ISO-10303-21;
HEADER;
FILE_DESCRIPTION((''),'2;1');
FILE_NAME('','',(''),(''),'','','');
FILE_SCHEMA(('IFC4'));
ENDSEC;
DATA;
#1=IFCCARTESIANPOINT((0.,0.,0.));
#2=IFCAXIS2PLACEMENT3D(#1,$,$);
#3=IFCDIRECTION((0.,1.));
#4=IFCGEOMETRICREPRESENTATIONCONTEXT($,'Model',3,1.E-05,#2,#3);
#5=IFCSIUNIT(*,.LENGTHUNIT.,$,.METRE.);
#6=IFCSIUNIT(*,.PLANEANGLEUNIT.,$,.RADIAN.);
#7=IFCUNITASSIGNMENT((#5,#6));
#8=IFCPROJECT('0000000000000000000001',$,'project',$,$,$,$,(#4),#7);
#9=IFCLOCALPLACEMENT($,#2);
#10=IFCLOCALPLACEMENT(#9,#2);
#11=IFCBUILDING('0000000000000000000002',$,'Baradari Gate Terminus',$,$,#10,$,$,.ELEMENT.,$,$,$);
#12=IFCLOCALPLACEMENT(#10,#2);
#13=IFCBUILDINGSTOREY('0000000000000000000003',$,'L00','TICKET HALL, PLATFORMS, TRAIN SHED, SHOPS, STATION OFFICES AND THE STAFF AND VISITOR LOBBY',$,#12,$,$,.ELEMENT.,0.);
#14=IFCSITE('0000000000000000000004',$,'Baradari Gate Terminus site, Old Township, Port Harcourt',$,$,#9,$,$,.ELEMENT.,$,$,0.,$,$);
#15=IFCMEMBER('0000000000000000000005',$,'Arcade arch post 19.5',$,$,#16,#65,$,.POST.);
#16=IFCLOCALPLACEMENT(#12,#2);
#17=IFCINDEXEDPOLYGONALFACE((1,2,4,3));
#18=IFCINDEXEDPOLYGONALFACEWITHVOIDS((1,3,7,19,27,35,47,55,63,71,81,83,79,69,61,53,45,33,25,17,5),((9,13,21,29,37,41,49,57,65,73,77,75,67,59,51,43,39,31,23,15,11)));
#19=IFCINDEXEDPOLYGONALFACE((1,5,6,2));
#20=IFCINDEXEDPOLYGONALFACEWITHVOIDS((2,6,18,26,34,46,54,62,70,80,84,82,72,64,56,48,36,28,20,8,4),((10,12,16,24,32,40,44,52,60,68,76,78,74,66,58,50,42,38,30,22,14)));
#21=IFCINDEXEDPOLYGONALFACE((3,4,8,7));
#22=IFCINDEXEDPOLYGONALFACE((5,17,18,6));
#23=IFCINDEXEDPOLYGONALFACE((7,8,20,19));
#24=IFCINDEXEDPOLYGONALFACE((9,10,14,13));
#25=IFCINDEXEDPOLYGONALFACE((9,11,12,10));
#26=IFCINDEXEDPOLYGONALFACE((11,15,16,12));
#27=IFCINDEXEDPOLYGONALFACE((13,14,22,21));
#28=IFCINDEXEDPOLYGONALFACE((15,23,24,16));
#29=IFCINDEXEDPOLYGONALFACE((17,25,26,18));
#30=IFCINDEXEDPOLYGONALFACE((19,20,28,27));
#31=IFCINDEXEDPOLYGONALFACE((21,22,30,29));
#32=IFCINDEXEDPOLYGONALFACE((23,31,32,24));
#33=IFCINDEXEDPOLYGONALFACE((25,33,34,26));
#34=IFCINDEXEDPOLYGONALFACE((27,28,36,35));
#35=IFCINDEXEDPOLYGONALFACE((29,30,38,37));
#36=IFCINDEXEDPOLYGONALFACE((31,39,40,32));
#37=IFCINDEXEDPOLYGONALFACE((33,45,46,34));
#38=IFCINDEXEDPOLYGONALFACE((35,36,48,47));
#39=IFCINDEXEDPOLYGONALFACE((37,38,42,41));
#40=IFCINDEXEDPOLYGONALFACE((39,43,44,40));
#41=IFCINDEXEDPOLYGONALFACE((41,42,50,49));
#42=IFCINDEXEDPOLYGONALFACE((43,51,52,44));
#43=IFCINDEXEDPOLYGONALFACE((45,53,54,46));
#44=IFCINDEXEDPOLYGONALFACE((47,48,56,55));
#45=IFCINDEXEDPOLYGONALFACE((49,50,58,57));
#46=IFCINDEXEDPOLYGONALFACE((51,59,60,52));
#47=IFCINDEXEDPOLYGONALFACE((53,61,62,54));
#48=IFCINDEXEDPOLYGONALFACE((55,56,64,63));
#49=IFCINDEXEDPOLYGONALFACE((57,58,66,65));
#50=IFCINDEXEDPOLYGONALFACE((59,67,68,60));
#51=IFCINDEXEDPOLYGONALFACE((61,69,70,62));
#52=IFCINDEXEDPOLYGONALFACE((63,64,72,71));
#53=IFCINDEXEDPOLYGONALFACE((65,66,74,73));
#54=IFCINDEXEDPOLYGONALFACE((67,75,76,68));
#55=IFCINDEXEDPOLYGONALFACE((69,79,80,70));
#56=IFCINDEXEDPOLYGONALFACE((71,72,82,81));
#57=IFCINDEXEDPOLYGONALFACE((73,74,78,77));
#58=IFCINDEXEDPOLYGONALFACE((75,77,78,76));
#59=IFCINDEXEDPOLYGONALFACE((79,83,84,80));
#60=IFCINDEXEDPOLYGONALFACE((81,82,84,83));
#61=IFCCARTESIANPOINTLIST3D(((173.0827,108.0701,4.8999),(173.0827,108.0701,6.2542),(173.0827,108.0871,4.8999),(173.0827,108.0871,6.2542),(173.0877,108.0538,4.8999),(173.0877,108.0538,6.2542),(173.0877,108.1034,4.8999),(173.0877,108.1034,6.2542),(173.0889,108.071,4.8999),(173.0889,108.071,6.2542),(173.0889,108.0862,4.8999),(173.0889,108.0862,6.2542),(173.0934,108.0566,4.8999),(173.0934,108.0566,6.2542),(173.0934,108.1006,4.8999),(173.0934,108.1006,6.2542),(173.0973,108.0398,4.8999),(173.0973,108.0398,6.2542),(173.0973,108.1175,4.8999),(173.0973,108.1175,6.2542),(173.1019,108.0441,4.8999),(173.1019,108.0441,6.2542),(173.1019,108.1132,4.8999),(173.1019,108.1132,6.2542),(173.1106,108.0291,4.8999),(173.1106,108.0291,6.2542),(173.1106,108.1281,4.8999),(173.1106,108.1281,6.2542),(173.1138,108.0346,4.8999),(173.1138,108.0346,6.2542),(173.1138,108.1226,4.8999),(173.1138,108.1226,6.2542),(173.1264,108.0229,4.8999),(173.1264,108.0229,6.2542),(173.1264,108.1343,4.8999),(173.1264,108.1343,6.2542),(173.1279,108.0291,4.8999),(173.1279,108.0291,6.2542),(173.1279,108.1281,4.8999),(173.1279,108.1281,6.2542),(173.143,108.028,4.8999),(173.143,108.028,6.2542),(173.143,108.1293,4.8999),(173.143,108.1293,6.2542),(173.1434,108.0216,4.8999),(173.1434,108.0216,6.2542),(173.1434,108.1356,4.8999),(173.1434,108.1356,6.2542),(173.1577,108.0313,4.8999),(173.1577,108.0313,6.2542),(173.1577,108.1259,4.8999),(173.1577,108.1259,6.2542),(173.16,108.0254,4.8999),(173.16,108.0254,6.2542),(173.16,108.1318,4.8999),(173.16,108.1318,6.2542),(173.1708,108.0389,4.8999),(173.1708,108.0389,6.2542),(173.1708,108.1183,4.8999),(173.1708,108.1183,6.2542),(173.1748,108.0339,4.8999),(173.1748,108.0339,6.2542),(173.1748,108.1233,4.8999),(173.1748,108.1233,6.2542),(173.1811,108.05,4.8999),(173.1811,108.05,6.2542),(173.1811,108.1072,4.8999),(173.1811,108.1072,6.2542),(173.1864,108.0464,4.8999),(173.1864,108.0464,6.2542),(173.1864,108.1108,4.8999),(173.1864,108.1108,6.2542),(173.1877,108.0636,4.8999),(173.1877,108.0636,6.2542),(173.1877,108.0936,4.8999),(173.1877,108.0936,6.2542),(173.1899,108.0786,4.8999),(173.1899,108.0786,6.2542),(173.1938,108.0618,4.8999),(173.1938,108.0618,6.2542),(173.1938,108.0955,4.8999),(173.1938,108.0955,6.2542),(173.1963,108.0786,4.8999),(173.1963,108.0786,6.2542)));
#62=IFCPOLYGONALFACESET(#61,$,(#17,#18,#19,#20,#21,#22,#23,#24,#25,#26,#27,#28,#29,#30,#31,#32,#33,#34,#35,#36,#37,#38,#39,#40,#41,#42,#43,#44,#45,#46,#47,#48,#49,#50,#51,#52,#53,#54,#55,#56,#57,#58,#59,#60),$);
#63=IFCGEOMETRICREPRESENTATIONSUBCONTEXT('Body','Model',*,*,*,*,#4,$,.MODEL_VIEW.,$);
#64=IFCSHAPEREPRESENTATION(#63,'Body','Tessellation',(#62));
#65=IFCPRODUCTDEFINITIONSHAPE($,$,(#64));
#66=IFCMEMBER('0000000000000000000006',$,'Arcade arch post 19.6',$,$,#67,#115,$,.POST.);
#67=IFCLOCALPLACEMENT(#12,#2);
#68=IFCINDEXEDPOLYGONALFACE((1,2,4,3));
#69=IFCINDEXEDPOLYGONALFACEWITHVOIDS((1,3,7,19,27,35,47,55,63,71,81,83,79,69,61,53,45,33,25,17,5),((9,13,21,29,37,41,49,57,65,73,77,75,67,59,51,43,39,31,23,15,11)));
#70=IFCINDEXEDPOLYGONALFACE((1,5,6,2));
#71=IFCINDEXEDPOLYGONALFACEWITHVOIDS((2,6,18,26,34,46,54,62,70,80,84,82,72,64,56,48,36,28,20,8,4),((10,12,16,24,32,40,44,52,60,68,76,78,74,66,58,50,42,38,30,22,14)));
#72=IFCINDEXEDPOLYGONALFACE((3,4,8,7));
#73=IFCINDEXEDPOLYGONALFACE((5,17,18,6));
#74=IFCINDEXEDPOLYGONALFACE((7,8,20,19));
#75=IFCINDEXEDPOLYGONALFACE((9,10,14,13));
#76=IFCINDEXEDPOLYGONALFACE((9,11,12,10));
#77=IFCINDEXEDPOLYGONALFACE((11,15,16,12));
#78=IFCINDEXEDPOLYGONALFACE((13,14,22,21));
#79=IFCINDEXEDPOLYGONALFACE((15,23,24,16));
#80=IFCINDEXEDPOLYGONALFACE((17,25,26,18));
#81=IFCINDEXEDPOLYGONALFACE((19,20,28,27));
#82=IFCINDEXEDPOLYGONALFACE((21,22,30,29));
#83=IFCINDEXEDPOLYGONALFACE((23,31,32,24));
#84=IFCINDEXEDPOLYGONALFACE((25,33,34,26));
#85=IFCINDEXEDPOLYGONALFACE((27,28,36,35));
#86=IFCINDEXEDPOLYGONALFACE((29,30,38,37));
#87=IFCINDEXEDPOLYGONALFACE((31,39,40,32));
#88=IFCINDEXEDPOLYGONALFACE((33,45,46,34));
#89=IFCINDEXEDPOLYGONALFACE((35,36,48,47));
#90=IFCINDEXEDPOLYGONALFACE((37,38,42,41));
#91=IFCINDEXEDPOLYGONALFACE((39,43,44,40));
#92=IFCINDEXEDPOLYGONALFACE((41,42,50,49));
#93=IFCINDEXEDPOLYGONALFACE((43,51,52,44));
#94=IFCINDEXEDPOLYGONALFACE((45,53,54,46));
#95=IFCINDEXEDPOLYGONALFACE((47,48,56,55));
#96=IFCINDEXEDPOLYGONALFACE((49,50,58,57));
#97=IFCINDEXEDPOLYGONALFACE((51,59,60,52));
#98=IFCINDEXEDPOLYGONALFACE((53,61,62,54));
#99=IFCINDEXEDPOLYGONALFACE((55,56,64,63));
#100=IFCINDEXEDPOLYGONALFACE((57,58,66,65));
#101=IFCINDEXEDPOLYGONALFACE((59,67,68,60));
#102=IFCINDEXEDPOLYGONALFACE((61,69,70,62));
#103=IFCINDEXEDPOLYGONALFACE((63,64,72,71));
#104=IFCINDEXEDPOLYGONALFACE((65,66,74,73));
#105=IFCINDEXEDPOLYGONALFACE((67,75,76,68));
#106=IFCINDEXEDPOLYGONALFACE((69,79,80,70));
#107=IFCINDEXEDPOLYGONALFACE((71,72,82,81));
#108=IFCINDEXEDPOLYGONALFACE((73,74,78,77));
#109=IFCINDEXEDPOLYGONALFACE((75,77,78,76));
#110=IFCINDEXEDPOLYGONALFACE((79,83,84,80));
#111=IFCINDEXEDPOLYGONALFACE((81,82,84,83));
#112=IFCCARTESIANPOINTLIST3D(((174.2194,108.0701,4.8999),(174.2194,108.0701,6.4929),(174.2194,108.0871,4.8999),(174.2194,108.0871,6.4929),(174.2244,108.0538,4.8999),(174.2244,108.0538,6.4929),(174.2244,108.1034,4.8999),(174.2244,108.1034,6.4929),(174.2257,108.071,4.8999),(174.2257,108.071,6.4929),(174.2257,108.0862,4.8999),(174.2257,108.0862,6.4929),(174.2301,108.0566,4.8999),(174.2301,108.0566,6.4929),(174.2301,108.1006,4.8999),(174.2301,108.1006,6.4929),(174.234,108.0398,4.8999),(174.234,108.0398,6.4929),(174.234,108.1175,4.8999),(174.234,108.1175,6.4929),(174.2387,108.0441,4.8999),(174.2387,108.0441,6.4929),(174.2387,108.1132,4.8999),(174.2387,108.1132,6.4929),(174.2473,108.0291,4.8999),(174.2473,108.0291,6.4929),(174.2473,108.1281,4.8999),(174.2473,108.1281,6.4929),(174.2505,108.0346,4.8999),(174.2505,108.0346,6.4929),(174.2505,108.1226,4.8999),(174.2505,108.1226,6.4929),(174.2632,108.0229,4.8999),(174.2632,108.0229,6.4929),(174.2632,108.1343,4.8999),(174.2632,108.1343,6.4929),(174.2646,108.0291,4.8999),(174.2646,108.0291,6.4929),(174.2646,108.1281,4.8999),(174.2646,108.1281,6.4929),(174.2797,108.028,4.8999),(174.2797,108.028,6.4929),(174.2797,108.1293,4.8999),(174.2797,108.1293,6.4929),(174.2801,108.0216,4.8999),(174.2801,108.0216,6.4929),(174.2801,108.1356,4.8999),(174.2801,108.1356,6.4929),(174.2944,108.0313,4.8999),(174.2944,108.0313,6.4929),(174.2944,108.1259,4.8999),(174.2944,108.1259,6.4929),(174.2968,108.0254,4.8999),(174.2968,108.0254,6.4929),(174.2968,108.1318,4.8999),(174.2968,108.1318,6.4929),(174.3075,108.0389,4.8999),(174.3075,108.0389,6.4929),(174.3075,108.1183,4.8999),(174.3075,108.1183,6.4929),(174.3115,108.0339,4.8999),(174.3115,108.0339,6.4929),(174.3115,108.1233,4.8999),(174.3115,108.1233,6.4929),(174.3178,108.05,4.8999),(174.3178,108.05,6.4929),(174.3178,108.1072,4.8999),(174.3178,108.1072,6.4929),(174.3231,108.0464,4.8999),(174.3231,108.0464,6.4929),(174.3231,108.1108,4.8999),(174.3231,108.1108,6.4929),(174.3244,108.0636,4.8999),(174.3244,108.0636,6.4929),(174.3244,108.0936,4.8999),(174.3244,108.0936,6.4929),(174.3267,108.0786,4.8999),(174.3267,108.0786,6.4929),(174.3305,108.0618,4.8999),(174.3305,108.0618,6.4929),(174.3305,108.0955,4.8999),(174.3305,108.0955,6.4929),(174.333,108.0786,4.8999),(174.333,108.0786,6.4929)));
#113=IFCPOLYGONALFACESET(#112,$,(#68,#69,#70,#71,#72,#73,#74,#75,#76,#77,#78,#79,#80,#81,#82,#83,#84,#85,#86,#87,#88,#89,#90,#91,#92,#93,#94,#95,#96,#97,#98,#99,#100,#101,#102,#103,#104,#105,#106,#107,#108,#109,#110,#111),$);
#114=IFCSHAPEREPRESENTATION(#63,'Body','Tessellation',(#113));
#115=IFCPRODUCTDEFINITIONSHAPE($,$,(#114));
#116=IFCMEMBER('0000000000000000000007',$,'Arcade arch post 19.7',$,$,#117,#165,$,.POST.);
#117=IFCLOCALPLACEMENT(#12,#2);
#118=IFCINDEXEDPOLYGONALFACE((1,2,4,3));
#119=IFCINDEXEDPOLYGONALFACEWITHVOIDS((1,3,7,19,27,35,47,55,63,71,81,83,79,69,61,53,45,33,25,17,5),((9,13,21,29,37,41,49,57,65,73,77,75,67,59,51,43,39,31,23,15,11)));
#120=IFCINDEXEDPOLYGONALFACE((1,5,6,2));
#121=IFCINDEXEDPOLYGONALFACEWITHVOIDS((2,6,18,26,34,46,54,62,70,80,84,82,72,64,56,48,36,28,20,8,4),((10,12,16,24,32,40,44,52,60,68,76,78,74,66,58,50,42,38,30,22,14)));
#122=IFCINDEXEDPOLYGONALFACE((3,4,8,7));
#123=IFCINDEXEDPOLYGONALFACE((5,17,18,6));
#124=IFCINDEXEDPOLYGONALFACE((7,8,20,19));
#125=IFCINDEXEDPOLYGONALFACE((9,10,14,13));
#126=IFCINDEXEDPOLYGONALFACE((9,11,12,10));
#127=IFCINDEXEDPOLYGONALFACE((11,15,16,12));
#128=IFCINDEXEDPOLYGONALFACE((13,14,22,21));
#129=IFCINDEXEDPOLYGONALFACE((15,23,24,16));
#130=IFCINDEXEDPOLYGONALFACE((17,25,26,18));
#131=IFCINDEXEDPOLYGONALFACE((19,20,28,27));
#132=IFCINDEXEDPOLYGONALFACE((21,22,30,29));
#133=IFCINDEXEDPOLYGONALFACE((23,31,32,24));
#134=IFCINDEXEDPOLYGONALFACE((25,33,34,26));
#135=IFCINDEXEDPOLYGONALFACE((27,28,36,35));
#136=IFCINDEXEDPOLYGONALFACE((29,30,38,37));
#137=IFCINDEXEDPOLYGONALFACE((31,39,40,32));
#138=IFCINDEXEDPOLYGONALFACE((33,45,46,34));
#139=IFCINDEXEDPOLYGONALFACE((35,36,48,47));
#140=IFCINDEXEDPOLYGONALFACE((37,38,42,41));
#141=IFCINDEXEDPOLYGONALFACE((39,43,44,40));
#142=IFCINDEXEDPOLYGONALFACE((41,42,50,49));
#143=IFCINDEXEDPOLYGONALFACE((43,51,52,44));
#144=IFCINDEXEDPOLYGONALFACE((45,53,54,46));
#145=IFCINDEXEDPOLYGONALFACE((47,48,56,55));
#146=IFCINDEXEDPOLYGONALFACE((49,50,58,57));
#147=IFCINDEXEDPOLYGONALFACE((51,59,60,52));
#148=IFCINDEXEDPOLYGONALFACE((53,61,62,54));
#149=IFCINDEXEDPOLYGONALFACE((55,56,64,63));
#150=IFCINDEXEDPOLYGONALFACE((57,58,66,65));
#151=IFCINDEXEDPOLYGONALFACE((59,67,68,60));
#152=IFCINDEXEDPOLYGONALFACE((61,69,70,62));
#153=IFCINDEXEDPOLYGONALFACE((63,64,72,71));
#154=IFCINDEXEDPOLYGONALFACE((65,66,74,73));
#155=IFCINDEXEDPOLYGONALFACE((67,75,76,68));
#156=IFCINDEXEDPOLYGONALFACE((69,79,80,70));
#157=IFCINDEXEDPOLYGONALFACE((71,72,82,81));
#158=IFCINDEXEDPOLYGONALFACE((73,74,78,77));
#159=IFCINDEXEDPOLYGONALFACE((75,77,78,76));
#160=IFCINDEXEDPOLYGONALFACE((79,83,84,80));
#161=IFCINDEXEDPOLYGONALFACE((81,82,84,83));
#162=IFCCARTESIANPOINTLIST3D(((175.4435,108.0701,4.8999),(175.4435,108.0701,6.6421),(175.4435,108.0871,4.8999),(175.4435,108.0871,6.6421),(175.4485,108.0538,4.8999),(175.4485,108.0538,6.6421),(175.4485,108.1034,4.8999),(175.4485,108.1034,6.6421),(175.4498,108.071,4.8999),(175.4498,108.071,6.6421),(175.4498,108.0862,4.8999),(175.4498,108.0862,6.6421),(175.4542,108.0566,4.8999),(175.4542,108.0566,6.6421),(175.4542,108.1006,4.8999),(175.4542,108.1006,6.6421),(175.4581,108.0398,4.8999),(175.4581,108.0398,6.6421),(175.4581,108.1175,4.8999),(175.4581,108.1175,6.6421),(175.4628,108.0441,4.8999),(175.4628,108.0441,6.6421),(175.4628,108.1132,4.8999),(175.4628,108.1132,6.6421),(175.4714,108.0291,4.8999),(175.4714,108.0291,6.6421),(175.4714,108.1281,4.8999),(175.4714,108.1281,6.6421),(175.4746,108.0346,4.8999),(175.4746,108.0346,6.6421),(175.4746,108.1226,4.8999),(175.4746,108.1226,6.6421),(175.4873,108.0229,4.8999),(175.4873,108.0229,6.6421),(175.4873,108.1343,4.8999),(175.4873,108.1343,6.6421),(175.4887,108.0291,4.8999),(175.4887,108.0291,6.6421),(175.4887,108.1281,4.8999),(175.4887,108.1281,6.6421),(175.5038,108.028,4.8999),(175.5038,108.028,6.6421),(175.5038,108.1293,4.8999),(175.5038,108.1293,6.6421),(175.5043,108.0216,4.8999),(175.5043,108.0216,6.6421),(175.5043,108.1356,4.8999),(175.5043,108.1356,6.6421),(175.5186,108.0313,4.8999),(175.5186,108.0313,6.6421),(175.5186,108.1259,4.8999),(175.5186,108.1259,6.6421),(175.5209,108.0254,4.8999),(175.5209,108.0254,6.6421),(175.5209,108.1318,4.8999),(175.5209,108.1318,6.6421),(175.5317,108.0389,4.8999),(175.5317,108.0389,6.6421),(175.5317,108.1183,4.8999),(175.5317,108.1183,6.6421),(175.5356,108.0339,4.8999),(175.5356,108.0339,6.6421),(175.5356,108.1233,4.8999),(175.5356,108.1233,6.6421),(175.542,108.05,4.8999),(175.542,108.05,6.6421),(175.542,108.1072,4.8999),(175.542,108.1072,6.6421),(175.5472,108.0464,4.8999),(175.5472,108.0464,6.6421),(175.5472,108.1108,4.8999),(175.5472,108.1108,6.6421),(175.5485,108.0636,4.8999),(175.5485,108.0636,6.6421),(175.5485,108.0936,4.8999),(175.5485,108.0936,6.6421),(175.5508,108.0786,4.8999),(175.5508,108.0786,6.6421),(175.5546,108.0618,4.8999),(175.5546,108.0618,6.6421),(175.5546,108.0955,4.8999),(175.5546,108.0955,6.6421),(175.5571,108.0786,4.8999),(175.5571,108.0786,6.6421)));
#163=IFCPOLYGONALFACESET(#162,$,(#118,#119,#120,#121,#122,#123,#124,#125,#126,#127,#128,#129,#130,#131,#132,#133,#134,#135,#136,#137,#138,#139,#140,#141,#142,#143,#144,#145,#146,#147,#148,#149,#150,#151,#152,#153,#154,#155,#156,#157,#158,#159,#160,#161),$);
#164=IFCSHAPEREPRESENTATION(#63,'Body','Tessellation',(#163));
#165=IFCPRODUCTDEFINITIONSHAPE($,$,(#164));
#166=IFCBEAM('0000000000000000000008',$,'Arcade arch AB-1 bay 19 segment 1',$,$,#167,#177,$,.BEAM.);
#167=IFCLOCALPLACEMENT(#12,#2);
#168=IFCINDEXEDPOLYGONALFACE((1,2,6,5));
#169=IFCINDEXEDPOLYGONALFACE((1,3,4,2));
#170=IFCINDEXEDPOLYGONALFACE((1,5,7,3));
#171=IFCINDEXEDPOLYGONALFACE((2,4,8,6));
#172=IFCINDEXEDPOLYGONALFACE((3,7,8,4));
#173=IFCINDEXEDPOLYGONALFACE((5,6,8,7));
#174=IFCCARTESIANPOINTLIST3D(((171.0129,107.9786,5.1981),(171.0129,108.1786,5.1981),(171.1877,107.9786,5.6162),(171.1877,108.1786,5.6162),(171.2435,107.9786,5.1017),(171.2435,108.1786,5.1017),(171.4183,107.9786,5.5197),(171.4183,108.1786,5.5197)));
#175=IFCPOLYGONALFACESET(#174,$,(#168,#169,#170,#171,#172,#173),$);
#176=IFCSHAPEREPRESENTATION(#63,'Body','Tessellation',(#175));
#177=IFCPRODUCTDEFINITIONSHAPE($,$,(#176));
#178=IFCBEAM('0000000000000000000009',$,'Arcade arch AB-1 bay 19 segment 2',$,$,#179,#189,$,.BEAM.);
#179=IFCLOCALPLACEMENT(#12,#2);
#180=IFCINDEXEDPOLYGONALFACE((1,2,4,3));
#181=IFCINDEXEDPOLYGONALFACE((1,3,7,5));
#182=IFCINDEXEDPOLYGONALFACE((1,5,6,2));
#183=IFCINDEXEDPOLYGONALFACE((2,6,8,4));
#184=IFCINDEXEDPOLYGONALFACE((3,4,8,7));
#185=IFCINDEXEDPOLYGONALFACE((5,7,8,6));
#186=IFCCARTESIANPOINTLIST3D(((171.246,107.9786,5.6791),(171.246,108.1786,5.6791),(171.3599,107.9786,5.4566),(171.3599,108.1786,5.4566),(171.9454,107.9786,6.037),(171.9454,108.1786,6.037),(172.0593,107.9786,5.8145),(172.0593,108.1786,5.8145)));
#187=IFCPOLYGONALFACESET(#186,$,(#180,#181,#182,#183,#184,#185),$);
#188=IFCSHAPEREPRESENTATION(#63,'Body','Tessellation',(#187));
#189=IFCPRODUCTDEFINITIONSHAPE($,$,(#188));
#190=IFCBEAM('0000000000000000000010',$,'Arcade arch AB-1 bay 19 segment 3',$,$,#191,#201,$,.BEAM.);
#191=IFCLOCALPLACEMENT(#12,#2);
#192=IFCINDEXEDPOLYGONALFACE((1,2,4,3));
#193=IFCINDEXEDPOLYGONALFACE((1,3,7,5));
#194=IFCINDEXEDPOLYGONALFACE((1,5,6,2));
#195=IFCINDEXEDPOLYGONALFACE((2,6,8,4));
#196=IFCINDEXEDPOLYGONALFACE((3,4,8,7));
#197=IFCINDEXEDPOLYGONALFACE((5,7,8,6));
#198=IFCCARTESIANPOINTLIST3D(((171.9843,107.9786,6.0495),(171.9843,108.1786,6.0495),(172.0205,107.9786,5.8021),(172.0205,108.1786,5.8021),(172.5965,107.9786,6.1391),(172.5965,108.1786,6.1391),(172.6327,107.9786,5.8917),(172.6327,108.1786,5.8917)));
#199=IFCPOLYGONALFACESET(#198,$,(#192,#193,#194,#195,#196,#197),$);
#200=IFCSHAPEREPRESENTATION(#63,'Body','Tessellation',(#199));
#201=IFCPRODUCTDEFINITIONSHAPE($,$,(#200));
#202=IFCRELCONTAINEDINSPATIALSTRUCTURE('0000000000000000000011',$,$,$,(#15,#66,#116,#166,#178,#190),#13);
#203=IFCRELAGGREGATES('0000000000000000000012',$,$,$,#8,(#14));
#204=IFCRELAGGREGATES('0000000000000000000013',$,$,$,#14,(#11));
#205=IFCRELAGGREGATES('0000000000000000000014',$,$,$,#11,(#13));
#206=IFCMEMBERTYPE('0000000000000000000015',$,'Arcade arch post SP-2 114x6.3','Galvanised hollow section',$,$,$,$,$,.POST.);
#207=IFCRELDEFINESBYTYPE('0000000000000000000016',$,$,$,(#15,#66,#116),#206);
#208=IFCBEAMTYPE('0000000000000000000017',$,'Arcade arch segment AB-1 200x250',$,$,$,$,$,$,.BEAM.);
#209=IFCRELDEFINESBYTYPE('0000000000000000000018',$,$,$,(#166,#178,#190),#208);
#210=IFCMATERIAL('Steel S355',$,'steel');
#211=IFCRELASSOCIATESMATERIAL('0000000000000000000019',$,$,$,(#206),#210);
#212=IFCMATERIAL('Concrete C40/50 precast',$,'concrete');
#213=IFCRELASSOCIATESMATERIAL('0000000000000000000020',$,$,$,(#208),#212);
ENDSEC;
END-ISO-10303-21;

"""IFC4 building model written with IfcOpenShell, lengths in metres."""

from ifc_helpers import new_model, si_unit, direction, frame, origin, origin_2d, place, context, subcontext, project, spatial, rectangle, hollow_circle, extrude, material, material_profile, profile_set, type_object, element, save


model = new_model("IFC4")

# Units and contexts
model_context = context("Model", 3, precision=1e-05, world=origin(), true_north=direction((0.0, 1.0)))
body_context = subcontext(model_context, "Body", "Model", "MODEL_VIEW")
ifc_project = project(units=[si_unit("LENGTHUNIT", "METRE"), si_unit("PLANEANGLEUNIT", "RADIAN")], contexts=[model_context])

# Site, building, storey
site_placement = place(None, origin())
site = spatial("IfcSite", under=ifc_project, at=site_placement, Name="Baradari Gate Terminus site, Old Township, Port Harcourt", CompositionType="ELEMENT", RefElevation=0.0)
building_placement = place(site_placement, origin())
building = spatial("IfcBuilding", under=site, at=building_placement, Name="Baradari Gate Terminus", CompositionType="ELEMENT")
storey_placement = place(building_placement, origin())
storey = spatial("IfcBuildingStorey", under=building, at=storey_placement, Name="L00", Description="TICKET HALL, PLATFORMS, TRAIN SHED, SHOPS, STATION OFFICES AND THE STAFF AND VISITOR LOBBY", CompositionType="ELEMENT", Elevation=0.0)

# Members
ifc_material_1 = material(Name="Steel S355", Category="steel")
ifc_material_profile_1 = material_profile(ifc_material_1, hollow_circle(Radius=0.0571, WallThickness=0.0063, at=origin_2d()), Name="CHS 114.3x6.3")
ifc_profile_set_1 = profile_set([ifc_material_profile_1], Name="Steel S355")
member_type_1 = type_object("IfcMemberType", Name="Arcade arch post SP-2 114x6.3", Description="Galvanised hollow section", PredefinedType="POST", material=ifc_profile_set_1)
member_1_placement = place(storey_placement, frame((173.1392, 108.0786, 4.8999), z_axis=(0.0, 0.0, 1.0), x_axis=(1.0, 0.0, 0.0)))
element("IfcMember", 1, at=member_1_placement, inside=storey, type_object=member_type_1, Name="Arcade arch post 19.5", PredefinedType="POST", context=body_context, shape_type="SweptSolid", body=[
    extrude(hollow_circle(Radius=0.0571, WallThickness=0.0063, at=origin_2d()), origin(), (0.0, 0.0, 1.0), 1.3542),
])
member_2_placement = place(storey_placement, frame((174.2759, 108.0786, 4.8999), z_axis=(0.0, 0.0, 1.0), x_axis=(1.0, 0.0, 0.0)))
element("IfcMember", 2, at=member_2_placement, inside=storey, type_object=member_type_1, Name="Arcade arch post 19.6", PredefinedType="POST", context=body_context, shape_type="SweptSolid", body=[
    extrude(hollow_circle(Radius=0.0571, WallThickness=0.0063, at=origin_2d()), origin(), (0.0, 0.0, 1.0), 1.593),
])
member_3_placement = place(storey_placement, frame((175.5, 108.0786, 4.8999), z_axis=(0.0, 0.0, 1.0), x_axis=(1.0, 0.0, 0.0)))
element("IfcMember", 3, at=member_3_placement, inside=storey, type_object=member_type_1, Name="Arcade arch post 19.7", PredefinedType="POST", context=body_context, shape_type="SweptSolid", body=[
    extrude(hollow_circle(Radius=0.0571, WallThickness=0.0063, at=origin_2d()), origin(), (0.0, 0.0, 1.0), 1.7422),
])

# Beams
ifc_material_2 = material(Name="Concrete C40/50 precast", Category="concrete")
ifc_material_profile_2 = material_profile(ifc_material_2, rectangle(XDim=0.2, YDim=0.25, at=origin_2d()), Name="AB-1 200X250")
ifc_profile_set_2 = profile_set([ifc_material_profile_2], Name="Concrete C40/50 precast")
beam_type_1 = type_object("IfcBeamType", Name="Arcade arch segment AB-1 200x250", PredefinedType="BEAM", material=ifc_profile_set_2)
beam_1_placement = place(storey_placement, frame((171.1282, 108.0786, 5.1499), z_axis=(0.385839, 0.0, 0.922566), x_axis=(0.0, 1.0, 0.0)))
element("IfcBeam", 4, at=beam_1_placement, inside=storey, type_object=beam_type_1, Name="Arcade arch AB-1 bay 19 segment 1", PredefinedType="BEAM", context=body_context, shape_type="SweptSolid", body=[
    extrude(rectangle(XDim=0.2, YDim=0.25, at=origin_2d()), origin(), (0.0, 0.0, 1.0), 0.4531),
])
beam_2_placement = place(storey_placement, frame((171.303, 108.0786, 5.5679), z_axis=(0.890225, 0.0, 0.455522), x_axis=(0.0, 1.0, 0.0)))
element("IfcBeam", 5, at=beam_2_placement, inside=storey, type_object=beam_type_1, Name="Arcade arch AB-1 bay 19 segment 2", PredefinedType="BEAM", context=body_context, shape_type="SweptSolid", body=[
    extrude(rectangle(XDim=0.2, YDim=0.25, at=origin_2d()), origin(), (0.0, 0.0, 1.0), 0.7856),
])
beam_3_placement = place(storey_placement, frame((172.0024, 108.0786, 5.9258), z_axis=(0.989454, 0.0, 0.144846), x_axis=(0.0, 1.0, 0.0)))
element("IfcBeam", 6, at=beam_3_placement, inside=storey, type_object=beam_type_1, Name="Arcade arch AB-1 bay 19 segment 3", PredefinedType="BEAM", context=body_context, shape_type="SweptSolid", body=[
    extrude(rectangle(XDim=0.2, YDim=0.25, at=origin_2d()), origin(), (0.0, 0.0, 1.0), 0.6187),
])

save(model, "model.ifc")
